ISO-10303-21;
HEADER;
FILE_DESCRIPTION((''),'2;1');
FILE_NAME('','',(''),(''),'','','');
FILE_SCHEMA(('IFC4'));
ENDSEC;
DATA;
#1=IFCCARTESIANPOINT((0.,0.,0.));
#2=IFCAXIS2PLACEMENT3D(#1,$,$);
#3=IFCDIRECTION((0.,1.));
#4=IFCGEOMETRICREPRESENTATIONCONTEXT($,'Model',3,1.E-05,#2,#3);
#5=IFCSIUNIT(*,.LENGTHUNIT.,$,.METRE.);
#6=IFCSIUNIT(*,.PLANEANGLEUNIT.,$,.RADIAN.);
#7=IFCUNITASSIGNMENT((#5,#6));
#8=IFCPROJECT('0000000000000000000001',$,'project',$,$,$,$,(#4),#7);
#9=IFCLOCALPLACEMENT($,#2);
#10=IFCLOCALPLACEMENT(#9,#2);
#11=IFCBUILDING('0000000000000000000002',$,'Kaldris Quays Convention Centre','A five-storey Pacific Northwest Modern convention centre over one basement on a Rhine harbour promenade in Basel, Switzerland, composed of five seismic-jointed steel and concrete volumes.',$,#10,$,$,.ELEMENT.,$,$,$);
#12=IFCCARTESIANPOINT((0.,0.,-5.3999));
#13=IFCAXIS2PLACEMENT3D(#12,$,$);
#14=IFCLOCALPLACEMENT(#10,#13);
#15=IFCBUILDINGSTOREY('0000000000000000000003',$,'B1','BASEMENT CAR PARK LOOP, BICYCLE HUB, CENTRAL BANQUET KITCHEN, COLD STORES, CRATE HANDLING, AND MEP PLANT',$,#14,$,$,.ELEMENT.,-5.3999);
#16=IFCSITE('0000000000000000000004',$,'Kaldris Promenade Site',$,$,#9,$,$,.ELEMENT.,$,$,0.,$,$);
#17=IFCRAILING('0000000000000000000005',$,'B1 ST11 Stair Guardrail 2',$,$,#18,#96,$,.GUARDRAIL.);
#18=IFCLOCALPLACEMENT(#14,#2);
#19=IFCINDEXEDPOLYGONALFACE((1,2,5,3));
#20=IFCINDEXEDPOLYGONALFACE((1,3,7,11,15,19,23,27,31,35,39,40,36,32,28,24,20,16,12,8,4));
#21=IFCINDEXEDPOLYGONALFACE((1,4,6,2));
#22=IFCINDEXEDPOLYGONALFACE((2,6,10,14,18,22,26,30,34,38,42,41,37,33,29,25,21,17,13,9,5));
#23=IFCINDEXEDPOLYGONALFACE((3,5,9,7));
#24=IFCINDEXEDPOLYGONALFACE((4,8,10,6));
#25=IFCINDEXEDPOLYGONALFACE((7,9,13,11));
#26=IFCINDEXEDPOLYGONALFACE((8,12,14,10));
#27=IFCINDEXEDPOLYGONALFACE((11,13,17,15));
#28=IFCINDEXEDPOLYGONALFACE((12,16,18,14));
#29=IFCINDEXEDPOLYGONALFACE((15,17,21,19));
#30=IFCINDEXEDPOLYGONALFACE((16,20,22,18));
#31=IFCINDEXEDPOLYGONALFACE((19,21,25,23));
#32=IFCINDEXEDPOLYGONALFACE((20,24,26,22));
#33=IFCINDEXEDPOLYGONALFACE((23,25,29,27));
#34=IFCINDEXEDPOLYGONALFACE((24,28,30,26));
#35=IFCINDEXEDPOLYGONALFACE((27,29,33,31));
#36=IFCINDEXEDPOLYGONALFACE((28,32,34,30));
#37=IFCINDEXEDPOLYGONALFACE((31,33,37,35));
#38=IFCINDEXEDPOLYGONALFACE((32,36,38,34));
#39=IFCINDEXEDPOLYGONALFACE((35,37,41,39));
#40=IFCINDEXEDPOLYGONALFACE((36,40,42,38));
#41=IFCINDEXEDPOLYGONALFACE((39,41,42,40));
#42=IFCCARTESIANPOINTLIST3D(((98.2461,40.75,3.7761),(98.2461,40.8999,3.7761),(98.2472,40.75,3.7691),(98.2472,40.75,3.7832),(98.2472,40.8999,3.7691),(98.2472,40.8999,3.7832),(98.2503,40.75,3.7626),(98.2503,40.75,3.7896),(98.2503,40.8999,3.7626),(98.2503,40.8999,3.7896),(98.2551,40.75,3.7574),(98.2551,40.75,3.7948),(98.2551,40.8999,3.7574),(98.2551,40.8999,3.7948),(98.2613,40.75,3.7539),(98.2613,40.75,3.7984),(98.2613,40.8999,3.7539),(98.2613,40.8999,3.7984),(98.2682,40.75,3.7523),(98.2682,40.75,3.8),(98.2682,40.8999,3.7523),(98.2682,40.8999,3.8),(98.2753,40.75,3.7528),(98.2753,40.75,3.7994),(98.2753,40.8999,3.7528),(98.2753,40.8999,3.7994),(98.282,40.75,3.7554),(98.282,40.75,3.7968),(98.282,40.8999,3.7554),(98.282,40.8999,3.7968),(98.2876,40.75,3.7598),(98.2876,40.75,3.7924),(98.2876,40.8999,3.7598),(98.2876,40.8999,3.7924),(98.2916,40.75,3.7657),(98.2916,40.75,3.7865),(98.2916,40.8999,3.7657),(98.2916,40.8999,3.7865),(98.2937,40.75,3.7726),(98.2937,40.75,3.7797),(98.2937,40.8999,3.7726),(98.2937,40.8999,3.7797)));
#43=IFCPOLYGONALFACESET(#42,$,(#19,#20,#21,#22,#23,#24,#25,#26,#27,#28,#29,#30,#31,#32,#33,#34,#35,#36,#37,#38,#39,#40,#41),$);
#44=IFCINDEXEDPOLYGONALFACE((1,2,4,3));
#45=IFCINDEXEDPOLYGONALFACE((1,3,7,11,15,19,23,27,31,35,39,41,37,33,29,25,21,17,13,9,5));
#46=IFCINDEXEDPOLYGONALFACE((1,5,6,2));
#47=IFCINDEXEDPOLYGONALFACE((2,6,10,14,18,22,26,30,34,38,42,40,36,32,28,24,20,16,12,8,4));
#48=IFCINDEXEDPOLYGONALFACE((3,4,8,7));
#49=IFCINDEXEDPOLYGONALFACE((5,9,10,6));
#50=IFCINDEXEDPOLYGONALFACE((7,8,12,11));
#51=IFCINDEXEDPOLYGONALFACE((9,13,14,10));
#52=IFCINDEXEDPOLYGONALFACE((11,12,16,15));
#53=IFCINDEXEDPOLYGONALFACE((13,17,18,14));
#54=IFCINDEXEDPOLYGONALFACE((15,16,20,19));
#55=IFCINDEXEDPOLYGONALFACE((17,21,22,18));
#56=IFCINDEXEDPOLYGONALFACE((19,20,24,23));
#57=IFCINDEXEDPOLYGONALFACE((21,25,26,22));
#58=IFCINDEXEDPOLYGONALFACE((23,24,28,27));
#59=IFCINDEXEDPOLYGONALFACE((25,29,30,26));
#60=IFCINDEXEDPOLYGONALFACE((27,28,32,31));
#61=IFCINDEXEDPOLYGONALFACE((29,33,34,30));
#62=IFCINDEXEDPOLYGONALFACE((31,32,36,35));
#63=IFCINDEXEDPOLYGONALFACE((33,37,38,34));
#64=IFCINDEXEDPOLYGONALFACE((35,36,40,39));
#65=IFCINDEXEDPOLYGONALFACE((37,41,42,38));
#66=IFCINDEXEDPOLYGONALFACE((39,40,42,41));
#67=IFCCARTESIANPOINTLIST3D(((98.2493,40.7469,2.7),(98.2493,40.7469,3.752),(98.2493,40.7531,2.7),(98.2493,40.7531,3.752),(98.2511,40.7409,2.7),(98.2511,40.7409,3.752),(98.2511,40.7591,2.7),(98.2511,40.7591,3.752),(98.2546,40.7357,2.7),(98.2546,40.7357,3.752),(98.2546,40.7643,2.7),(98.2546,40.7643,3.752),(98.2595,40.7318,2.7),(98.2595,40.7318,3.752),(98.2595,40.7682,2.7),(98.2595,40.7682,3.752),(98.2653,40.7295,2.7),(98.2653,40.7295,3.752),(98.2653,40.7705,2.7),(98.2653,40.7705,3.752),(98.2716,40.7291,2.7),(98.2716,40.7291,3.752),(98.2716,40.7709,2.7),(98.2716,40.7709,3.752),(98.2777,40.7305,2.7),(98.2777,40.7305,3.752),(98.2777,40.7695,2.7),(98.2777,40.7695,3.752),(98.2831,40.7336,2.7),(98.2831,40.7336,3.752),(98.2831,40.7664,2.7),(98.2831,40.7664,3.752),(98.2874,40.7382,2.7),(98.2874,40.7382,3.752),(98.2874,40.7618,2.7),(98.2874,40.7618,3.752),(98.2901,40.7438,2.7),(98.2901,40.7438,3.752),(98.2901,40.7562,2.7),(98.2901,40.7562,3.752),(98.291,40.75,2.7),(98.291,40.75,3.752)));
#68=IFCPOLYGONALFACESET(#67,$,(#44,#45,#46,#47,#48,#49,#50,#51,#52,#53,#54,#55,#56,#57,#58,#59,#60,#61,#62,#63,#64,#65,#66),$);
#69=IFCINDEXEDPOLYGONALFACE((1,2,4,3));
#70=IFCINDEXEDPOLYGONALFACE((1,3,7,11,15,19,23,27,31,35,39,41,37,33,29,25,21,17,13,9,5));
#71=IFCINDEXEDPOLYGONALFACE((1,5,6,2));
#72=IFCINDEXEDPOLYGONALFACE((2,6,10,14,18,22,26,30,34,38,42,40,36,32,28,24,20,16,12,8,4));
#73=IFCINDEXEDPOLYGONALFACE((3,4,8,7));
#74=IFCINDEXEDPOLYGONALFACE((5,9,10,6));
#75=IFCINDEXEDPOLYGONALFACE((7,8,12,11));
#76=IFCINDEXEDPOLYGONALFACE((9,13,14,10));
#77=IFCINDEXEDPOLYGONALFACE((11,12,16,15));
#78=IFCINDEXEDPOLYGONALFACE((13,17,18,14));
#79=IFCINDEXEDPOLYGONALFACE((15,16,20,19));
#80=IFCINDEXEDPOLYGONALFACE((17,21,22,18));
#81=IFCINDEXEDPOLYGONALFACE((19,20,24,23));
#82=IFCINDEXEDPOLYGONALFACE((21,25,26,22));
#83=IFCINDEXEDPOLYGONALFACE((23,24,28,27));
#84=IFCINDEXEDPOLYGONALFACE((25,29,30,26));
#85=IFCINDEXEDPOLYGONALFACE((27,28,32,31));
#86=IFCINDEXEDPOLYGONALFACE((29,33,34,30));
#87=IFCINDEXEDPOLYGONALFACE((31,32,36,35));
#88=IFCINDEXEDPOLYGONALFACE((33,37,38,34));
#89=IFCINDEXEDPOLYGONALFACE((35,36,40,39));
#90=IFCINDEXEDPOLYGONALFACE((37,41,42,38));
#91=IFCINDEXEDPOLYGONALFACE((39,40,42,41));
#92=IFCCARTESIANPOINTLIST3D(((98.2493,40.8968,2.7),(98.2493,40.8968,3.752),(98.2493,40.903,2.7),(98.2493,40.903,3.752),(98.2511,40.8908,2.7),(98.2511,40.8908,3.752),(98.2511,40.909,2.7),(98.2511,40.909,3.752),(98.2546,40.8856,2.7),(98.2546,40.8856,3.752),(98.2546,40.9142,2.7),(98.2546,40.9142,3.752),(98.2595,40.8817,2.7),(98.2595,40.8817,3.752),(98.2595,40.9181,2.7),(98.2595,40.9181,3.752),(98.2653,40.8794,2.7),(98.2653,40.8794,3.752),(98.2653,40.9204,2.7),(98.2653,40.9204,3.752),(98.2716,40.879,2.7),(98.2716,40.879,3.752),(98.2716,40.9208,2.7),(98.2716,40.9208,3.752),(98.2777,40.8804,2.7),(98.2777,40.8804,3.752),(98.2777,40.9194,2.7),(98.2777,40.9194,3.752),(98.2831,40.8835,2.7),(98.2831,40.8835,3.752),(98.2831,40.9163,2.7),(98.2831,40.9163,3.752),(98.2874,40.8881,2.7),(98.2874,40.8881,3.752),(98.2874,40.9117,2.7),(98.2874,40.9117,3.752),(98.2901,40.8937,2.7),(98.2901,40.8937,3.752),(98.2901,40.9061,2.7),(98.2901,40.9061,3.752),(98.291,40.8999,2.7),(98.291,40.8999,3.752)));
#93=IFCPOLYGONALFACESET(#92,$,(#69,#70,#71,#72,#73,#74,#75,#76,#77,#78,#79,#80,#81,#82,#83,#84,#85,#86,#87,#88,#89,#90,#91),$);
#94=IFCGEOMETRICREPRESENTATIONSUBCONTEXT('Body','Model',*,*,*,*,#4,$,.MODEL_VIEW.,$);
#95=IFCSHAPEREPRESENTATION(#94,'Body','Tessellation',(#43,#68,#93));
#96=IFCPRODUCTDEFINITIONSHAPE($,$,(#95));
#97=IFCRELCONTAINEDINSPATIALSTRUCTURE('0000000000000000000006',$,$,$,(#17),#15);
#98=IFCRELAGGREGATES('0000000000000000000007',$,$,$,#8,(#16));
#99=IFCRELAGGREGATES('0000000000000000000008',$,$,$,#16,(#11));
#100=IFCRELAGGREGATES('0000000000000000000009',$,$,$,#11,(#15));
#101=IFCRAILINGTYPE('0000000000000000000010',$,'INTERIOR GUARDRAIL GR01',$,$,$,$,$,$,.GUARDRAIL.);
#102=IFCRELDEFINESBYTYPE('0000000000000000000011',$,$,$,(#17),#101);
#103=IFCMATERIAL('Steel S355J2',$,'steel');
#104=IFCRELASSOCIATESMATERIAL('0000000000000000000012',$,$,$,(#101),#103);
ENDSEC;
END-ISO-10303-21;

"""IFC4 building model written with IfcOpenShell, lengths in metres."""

from ifc_helpers import new_model, si_unit, direction, frame, origin, origin_2d, place, context, subcontext, project, spatial, circle, extrude, material, type_object, element, save


model = new_model("IFC4")

# Units and contexts
model_context = context("Model", 3, precision=1e-05, world=origin(), true_north=direction((0.0, 1.0)))
body_context = subcontext(model_context, "Body", "Model", "MODEL_VIEW")
ifc_project = project(units=[si_unit("LENGTHUNIT", "METRE"), si_unit("PLANEANGLEUNIT", "RADIAN")], contexts=[model_context])

# Site, building, storey
site_placement = place(None, origin())
site = spatial("IfcSite", under=ifc_project, at=site_placement, Name="Kaldris Promenade Site", CompositionType="ELEMENT", RefElevation=0.0)
building_placement = place(site_placement, origin())
building = spatial("IfcBuilding", under=site, at=building_placement, Name="Kaldris Quays Convention Centre", Description="A five-storey Pacific Northwest Modern convention centre over one basement on a Rhine harbour promenade in Basel, Switzerland, composed of five seismic-jointed steel and concrete volumes.", CompositionType="ELEMENT")
storey_placement = place(building_placement, frame((0.0, 0.0, -5.3999)))
storey = spatial("IfcBuildingStorey", under=building, at=storey_placement, Name="B1", Description="BASEMENT CAR PARK LOOP, BICYCLE HUB, CENTRAL BANQUET KITCHEN, COLD STORES, CRATE HANDLING, AND MEP PLANT", CompositionType="ELEMENT", Elevation=-5.3999)

# Shared definitions
ifc_material_1 = material(Name="Steel S355J2", Category="steel")

# Railing
railing_type_1 = type_object("IfcRailingType", Name="INTERIOR GUARDRAIL GR01", PredefinedType="GUARDRAIL", material=ifc_material_1)
railing_1_placement = place(storey_placement, frame((98.27, 40.75, 2.7)))
element("IfcRailing", 1, at=railing_1_placement, inside=storey, type_object=railing_type_1, Name="B1 ST11 Stair Guardrail 2", PredefinedType="GUARDRAIL", context=body_context, shape_type="SweptSolid", body=[
    extrude(circle(Radius=0.0239, at=origin_2d()), frame((0.0, 0.0, 1.0762), z_axis=(0.0, 1.0, 0.0), x_axis=(-1.0, 0.0, 0.0)), (0.0, 0.0, 1.0), 0.1499),
    extrude(circle(Radius=0.021, at=origin_2d()), origin(), (0.0, 0.0, 1.0), 1.052),
    extrude(circle(Radius=0.021, at=origin_2d()), frame((0.0, 0.1499, 0.0)), (0.0, 0.0, 1.0), 1.052),
])

save(model, "model.ifc")
